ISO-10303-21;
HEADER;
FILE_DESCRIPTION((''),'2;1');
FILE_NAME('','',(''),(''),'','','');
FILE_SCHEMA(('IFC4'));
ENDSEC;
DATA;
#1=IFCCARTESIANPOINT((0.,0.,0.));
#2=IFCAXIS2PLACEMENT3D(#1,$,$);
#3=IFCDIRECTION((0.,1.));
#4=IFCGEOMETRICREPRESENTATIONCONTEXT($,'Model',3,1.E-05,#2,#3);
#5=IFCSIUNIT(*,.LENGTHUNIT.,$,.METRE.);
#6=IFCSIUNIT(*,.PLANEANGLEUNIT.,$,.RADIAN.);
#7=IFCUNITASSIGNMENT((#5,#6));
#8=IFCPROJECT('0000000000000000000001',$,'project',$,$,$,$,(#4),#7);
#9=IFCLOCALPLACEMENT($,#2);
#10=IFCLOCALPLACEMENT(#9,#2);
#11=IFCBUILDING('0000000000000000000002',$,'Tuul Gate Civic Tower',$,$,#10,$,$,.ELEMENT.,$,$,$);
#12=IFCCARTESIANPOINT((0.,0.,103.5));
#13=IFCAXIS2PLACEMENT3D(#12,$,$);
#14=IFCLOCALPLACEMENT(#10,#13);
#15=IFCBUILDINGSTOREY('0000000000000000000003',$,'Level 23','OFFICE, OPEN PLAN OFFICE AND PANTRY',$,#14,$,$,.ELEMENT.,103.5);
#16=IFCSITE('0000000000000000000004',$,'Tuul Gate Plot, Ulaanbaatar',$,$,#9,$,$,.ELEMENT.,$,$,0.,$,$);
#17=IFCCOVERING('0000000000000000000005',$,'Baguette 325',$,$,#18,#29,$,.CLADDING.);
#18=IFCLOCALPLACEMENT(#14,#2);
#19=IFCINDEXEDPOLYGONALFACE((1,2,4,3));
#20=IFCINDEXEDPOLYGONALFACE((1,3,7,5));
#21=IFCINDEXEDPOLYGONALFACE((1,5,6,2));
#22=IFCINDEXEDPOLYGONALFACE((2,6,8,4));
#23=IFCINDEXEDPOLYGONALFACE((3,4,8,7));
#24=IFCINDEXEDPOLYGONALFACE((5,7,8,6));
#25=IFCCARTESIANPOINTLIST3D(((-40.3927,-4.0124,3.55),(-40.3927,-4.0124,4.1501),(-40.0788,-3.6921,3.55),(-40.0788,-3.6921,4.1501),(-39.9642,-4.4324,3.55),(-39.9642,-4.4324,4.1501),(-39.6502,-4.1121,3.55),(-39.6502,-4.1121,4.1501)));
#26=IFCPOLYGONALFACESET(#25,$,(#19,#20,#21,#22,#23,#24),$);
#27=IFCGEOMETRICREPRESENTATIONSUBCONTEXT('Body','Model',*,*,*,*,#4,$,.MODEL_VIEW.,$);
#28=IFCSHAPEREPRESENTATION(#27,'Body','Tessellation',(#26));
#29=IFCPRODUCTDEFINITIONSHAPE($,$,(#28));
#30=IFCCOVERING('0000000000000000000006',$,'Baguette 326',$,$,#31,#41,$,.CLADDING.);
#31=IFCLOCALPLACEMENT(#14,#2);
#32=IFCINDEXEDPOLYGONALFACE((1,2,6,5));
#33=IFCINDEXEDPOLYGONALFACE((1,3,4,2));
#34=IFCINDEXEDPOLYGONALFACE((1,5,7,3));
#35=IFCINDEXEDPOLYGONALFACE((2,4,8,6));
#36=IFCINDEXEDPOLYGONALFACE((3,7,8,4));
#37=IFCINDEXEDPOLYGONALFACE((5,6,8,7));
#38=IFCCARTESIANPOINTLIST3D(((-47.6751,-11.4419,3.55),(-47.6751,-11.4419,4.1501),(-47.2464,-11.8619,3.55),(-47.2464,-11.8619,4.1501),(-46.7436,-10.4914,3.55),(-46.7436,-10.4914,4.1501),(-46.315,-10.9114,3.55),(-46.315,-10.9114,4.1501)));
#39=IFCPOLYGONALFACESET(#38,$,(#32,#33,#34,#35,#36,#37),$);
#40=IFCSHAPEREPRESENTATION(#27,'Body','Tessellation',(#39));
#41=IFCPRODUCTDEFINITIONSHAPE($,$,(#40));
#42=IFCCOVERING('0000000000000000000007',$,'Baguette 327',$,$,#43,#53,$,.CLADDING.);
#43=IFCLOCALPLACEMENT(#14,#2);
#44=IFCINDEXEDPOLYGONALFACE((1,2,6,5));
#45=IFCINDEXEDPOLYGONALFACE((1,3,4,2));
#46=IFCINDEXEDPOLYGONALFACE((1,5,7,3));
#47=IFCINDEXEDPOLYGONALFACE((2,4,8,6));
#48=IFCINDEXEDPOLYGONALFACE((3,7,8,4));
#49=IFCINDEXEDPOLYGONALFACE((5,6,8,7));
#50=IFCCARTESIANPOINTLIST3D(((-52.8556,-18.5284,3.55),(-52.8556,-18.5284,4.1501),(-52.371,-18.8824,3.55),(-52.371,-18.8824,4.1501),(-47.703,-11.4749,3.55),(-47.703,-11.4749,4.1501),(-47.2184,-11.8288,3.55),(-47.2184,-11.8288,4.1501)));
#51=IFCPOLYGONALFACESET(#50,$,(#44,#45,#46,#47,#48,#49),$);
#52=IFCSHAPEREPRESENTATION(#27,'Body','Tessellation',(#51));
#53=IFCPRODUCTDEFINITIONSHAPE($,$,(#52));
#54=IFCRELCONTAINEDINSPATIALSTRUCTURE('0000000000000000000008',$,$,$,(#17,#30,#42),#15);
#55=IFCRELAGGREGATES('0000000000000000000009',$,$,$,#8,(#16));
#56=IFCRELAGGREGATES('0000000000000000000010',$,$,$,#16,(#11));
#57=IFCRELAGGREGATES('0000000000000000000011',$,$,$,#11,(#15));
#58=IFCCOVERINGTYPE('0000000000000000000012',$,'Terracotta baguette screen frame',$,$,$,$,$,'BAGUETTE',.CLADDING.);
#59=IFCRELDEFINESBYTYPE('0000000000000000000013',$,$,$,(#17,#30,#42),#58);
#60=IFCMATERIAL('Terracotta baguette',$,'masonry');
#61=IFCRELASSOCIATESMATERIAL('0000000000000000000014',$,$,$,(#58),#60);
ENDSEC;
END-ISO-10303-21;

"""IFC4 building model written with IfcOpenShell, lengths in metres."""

from ifc_helpers import new_model, si_unit, direction, frame, origin, origin_2d, place, context, subcontext, project, spatial, rectangle, extrude, material, material_profile, profile_set, type_object, element, save


model = new_model("IFC4")

# Units and contexts
model_context = context("Model", 3, precision=1e-05, world=origin(), true_north=direction((0.0, 1.0)))
body_context = subcontext(model_context, "Body", "Model", "MODEL_VIEW")
ifc_project = project(units=[si_unit("LENGTHUNIT", "METRE"), si_unit("PLANEANGLEUNIT", "RADIAN")], contexts=[model_context])

# Site, building, storey
site_placement = place(None, origin())
site = spatial("IfcSite", under=ifc_project, at=site_placement, Name="Tuul Gate Plot, Ulaanbaatar", CompositionType="ELEMENT", RefElevation=0.0)
building_placement = place(site_placement, origin())
building = spatial("IfcBuilding", under=site, at=building_placement, Name="Tuul Gate Civic Tower", CompositionType="ELEMENT")
storey_placement = place(building_placement, frame((0.0, 0.0, 103.5)))
storey = spatial("IfcBuildingStorey", under=building, at=storey_placement, Name="Level 23", Description="OFFICE, OPEN PLAN OFFICE AND PANTRY", CompositionType="ELEMENT", Elevation=103.5)

# Coverings
ifc_material_1 = material(Name="Terracotta baguette", Category="masonry")
ifc_material_profile_1 = material_profile(ifc_material_1, rectangle(XDim=0.6001, YDim=0.6001, at=origin_2d()), Name="Terracotta baguette screen frame")
ifc_profile_set_1 = profile_set([ifc_material_profile_1], Name="Terracotta baguette")
covering_type = type_object("IfcCoveringType", Name="Terracotta baguette screen frame", ElementType="BAGUETTE", PredefinedType="CLADDING", material=ifc_profile_set_1)
covering_1_placement = place(storey_placement, frame((-39.8645, -3.9021, 3.8501), z_axis=(-0.699995, -0.714148, 0.0), x_axis=(0.714148, -0.699995, 0.0)))
element("IfcCovering", 1, at=covering_1_placement, inside=storey, type_object=covering_type, Name="Baguette 325", PredefinedType="CLADDING", context=body_context, shape_type="SweptSolid", body=[
    extrude(rectangle(XDim=0.6001, YDim=0.6001, at=origin_2d()), origin(), (0.0, 0.0, 1.0), 0.4485),
])
covering_2_placement = place(storey_placement, frame((-46.5293, -10.7014, 3.8501), z_axis=(-0.699915, -0.714226, 0.0), x_axis=(0.714226, -0.699915, 0.0)))
element("IfcCovering", 2, at=covering_2_placement, inside=storey, type_object=covering_type, Name="Baguette 326", PredefinedType="CLADDING", context=body_context, shape_type="SweptSolid", body=[
    extrude(rectangle(XDim=0.6001, YDim=0.6001, at=origin_2d()), origin(), (0.0, 0.0, 1.0), 1.3308),
])
covering_3_placement = place(storey_placement, frame((-47.4607, -11.6519, 3.8501), z_axis=(-0.589877, -0.807493, 0.0), x_axis=(0.807493, -0.589877, 0.0)))
element("IfcCovering", 3, at=covering_3_placement, inside=storey, type_object=covering_type, Name="Baguette 327", PredefinedType="CLADDING", context=body_context, shape_type="SweptSolid", body=[
    extrude(rectangle(XDim=0.6001, YDim=0.6001, at=origin_2d()), origin(), (0.0, 0.0, 1.0), 8.7351),
])

save(model, "model.ifc")
